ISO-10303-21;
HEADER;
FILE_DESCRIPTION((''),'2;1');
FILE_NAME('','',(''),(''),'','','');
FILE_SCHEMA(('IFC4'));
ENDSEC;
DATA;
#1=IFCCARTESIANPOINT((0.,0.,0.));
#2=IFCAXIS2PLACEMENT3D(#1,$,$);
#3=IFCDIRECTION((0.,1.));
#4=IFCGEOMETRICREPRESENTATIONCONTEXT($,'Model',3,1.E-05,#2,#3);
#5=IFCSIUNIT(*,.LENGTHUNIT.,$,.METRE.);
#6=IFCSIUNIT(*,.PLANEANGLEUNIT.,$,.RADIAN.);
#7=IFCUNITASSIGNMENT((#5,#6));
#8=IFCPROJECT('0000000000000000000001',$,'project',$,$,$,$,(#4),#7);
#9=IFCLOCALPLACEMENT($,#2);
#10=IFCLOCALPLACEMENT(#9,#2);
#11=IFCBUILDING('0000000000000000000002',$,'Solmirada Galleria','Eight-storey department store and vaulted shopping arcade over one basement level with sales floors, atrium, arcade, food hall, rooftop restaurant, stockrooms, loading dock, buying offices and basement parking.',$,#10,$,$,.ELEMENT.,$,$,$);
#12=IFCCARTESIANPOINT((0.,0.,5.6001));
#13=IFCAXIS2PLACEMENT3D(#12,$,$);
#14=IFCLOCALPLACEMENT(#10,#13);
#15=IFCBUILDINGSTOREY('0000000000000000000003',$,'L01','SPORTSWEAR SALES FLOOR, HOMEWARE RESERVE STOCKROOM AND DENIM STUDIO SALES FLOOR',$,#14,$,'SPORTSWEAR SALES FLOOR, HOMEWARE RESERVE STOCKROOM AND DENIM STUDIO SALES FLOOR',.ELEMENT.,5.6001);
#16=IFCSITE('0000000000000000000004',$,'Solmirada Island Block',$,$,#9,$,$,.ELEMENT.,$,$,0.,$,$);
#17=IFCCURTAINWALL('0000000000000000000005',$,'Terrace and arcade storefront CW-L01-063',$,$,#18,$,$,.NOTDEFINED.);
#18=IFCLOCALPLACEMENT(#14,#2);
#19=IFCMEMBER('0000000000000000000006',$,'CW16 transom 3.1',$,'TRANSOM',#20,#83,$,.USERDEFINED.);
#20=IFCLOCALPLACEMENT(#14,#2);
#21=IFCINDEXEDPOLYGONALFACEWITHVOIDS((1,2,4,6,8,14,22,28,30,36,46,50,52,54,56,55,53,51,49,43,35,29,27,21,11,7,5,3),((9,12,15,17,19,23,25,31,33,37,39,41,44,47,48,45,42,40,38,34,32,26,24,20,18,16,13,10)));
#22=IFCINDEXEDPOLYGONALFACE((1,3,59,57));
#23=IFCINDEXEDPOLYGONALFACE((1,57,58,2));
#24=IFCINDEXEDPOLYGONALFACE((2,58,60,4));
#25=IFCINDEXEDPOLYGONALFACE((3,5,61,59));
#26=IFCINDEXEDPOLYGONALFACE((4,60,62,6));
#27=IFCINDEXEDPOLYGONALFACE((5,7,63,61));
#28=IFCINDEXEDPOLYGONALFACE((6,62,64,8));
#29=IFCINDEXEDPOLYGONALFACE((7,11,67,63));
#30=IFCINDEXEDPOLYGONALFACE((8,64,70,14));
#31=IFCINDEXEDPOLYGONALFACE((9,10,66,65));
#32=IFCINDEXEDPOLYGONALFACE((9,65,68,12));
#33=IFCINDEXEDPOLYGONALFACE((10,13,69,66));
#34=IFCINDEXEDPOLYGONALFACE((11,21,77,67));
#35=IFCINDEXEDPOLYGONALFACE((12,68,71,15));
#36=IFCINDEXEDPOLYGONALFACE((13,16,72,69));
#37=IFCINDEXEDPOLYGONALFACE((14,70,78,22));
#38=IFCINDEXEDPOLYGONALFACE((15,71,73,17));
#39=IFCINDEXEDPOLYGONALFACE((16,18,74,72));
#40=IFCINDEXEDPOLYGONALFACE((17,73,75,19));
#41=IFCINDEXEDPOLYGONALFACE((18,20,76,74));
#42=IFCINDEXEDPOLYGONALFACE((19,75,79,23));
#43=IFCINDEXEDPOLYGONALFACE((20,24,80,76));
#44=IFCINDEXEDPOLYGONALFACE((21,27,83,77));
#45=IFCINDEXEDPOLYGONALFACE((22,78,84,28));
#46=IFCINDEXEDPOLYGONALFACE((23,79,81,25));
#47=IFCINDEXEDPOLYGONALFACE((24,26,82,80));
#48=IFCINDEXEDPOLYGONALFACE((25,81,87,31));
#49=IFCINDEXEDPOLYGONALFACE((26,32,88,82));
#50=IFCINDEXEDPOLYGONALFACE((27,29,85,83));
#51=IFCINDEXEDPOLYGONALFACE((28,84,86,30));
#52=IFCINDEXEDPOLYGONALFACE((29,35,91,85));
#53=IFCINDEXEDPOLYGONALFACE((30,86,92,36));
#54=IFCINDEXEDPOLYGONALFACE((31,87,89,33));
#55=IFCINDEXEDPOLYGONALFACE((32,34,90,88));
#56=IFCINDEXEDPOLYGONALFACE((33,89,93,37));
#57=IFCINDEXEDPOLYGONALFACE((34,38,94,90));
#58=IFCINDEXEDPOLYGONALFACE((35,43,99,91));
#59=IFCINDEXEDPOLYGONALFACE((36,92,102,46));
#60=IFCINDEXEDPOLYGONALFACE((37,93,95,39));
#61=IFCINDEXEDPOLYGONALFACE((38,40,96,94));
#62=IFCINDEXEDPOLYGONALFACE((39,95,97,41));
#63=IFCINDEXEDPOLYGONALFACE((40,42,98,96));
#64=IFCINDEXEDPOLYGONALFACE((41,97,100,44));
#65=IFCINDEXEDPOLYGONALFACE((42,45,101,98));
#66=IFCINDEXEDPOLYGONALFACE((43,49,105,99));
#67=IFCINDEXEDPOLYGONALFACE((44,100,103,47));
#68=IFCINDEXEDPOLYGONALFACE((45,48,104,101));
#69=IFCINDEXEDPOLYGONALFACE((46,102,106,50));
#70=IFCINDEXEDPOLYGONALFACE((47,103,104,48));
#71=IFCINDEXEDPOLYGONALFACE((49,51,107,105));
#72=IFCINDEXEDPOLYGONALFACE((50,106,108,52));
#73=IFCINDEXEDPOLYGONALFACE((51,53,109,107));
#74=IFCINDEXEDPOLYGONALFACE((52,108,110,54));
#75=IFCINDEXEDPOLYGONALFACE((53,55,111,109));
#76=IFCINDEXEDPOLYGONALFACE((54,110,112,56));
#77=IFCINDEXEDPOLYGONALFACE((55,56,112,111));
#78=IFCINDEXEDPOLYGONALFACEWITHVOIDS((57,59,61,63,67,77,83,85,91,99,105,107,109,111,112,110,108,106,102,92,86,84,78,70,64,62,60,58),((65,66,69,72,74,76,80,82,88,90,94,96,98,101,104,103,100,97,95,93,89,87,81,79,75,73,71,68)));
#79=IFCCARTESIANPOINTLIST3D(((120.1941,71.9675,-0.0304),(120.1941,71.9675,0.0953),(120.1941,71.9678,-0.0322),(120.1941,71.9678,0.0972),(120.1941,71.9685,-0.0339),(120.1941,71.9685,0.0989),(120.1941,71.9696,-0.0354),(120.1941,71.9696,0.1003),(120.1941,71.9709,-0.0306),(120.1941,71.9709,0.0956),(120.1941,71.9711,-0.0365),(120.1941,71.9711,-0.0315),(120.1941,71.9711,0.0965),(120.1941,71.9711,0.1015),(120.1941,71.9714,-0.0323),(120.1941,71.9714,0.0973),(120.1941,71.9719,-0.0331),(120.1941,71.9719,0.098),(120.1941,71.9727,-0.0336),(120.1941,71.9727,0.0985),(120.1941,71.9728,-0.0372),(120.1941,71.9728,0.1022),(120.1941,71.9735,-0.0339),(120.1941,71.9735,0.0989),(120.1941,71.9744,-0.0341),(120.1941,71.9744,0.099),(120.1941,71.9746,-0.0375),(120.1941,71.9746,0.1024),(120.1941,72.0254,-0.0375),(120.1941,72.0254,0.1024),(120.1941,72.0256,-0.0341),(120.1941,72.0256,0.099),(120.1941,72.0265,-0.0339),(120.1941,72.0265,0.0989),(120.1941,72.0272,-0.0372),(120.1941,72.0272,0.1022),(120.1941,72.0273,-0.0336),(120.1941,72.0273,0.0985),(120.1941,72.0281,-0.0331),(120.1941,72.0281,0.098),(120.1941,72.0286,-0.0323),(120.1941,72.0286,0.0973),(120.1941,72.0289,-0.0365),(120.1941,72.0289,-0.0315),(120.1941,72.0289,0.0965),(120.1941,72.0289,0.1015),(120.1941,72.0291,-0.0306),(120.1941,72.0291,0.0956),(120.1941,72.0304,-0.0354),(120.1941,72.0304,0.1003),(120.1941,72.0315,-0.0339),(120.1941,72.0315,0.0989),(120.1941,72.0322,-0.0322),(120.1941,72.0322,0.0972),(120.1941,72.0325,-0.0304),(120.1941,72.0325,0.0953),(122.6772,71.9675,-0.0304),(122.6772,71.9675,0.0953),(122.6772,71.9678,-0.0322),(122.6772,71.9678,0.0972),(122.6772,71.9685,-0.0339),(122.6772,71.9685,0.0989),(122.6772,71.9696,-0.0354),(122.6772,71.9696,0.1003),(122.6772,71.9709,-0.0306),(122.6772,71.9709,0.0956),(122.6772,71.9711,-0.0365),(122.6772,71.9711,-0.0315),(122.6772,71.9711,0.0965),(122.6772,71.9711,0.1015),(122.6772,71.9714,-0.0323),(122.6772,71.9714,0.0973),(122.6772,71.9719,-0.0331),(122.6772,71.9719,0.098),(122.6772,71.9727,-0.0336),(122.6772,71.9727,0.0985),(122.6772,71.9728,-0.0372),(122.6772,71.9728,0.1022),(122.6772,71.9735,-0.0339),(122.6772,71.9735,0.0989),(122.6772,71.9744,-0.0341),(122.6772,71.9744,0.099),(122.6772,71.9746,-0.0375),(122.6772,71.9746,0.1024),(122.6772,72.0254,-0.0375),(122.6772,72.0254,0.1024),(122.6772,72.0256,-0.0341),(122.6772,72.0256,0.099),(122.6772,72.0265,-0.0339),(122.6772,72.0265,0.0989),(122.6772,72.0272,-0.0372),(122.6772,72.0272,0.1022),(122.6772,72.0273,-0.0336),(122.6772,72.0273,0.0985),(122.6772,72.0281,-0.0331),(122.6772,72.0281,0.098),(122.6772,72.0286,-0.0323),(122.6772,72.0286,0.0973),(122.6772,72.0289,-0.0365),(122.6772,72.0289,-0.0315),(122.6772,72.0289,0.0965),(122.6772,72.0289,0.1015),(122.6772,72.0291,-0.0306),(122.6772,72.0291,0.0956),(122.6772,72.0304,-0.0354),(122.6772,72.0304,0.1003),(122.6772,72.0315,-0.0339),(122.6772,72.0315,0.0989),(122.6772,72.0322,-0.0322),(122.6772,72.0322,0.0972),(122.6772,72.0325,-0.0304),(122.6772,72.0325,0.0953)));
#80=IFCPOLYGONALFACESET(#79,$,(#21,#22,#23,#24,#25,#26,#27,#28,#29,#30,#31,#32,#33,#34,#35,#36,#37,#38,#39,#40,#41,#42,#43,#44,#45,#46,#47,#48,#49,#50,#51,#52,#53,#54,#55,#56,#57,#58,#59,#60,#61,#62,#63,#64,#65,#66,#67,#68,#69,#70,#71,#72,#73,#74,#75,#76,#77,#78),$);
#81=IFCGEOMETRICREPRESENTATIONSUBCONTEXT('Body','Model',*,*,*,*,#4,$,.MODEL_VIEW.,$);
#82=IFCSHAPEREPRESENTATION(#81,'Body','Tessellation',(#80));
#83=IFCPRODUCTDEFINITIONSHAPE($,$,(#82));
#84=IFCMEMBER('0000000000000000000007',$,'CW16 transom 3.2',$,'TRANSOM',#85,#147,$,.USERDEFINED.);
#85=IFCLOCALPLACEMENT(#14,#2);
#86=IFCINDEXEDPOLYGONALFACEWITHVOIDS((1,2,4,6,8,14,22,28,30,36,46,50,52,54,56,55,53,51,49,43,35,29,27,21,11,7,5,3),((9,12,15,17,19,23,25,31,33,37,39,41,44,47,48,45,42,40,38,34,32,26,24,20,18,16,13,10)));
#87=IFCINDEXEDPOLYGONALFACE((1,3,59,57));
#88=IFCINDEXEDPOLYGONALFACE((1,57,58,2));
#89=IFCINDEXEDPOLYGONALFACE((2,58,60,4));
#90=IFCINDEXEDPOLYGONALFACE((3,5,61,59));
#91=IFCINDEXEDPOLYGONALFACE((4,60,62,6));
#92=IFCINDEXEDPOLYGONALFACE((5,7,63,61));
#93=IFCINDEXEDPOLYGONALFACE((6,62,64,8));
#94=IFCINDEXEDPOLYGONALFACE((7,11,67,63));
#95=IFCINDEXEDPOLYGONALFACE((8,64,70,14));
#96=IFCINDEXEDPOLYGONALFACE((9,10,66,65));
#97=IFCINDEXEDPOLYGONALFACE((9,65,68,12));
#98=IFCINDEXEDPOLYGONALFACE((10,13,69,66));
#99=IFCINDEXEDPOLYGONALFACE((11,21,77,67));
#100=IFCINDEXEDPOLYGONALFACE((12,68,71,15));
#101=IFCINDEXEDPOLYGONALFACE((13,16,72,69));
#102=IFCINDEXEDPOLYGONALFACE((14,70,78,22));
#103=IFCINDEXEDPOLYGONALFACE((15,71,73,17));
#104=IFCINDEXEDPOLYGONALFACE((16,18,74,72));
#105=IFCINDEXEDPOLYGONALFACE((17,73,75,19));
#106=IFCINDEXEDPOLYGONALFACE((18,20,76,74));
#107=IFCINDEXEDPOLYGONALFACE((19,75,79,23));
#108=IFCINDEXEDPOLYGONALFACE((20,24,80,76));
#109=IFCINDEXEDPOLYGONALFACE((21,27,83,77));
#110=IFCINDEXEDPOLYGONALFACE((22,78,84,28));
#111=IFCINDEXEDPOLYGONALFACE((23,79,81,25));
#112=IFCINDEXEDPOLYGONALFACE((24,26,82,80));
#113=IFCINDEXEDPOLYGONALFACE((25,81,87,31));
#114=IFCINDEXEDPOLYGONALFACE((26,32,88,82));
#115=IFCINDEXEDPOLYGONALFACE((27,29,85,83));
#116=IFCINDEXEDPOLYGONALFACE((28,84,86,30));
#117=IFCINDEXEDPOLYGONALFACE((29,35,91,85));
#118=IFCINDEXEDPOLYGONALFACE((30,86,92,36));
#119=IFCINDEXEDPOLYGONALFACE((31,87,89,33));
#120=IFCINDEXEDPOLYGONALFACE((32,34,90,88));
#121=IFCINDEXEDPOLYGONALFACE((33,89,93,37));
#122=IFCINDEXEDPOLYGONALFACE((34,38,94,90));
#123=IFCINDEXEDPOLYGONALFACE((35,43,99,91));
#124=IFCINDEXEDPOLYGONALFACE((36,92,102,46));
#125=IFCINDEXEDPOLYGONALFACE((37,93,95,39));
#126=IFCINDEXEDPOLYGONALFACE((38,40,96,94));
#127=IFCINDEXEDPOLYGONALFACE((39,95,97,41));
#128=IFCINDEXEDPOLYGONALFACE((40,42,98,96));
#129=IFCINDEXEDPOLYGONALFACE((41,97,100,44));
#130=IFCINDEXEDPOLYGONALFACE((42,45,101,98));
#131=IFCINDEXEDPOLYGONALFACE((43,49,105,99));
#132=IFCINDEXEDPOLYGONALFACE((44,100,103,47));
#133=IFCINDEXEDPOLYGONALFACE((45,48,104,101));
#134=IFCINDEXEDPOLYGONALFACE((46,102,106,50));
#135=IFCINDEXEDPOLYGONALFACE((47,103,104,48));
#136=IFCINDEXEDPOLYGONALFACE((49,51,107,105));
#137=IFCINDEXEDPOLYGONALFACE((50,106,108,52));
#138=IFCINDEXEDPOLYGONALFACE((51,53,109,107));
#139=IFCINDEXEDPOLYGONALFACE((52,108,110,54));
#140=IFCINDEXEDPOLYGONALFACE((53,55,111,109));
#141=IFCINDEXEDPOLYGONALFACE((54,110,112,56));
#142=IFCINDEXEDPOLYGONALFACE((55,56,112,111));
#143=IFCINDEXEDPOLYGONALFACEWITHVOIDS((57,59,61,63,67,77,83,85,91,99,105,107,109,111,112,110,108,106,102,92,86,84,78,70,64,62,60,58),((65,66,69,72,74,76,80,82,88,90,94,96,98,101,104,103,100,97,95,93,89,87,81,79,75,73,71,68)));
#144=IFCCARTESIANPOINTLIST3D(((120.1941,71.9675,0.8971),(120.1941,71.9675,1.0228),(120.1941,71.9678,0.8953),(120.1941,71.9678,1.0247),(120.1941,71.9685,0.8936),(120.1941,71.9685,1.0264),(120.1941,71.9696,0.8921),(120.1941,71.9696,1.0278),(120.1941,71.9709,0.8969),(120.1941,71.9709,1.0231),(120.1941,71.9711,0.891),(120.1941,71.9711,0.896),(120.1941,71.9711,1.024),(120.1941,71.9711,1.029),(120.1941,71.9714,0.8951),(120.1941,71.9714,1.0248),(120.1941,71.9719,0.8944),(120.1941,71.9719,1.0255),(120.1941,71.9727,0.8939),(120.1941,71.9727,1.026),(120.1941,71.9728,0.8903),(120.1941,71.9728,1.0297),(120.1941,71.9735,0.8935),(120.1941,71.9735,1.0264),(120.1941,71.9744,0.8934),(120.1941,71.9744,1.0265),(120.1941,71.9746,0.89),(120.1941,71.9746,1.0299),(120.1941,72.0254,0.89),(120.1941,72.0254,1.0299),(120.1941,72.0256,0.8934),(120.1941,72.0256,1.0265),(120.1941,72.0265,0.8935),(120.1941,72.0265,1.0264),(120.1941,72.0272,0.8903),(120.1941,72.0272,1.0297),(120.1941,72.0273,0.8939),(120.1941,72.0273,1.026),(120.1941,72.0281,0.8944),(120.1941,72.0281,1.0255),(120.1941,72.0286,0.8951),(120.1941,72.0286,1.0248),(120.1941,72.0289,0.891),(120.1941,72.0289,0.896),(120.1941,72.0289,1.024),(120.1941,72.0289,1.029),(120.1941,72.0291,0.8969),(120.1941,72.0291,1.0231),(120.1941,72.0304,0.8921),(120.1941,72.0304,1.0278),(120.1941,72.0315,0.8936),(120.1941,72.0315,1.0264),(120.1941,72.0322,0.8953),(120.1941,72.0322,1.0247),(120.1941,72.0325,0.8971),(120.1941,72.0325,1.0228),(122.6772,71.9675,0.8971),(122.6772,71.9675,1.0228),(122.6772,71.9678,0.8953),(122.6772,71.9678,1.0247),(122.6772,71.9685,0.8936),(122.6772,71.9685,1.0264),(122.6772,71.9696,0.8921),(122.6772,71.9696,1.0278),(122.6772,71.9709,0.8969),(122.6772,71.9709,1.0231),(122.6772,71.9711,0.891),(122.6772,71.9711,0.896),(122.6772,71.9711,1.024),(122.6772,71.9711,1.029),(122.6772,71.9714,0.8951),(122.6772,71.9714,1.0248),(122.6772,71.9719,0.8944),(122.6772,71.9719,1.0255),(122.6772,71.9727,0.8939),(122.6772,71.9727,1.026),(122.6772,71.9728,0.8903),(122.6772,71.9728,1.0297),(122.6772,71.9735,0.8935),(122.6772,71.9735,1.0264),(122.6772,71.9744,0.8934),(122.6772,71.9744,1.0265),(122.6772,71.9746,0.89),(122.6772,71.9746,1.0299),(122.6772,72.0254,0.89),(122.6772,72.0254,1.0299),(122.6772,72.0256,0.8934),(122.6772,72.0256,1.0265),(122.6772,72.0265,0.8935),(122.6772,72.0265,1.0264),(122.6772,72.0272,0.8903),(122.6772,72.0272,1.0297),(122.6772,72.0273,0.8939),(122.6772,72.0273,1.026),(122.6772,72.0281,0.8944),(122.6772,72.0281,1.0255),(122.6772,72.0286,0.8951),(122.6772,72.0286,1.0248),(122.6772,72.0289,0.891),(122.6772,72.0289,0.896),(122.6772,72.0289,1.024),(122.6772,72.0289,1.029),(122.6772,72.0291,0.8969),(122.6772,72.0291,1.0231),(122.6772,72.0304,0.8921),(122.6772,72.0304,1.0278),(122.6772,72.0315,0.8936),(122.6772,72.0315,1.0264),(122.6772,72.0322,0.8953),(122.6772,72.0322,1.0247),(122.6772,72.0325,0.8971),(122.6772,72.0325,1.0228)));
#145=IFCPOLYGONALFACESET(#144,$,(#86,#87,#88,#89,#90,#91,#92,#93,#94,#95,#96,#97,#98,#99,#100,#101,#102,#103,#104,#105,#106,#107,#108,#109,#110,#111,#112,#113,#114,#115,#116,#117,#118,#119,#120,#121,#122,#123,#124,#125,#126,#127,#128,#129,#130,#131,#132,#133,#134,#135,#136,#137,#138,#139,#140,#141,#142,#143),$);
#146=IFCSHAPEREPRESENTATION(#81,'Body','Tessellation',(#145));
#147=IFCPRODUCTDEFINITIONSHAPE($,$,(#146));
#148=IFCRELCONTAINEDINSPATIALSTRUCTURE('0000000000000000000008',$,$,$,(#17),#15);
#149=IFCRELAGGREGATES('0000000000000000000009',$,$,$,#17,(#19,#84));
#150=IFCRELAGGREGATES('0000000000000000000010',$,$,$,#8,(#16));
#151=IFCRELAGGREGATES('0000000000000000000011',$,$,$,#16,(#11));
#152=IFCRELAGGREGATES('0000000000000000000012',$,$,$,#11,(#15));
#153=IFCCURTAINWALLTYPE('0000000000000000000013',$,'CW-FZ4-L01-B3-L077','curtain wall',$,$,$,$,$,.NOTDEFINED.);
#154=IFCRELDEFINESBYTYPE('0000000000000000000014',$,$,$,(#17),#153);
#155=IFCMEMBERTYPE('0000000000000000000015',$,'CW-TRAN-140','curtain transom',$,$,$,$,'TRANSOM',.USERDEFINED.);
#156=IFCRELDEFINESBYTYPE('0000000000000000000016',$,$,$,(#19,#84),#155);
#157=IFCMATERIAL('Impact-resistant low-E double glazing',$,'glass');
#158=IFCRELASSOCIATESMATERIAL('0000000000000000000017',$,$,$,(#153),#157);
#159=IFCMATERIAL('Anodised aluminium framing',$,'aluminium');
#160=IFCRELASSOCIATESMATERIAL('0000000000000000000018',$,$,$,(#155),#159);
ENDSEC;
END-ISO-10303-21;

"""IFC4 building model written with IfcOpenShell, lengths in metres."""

from ifc_helpers import new_model, si_unit, direction, frame, origin, origin_2d, place, context, subcontext, project, spatial, hollow_rectangle, extrude, material, material_profile, profile_set, type_object, element, aggregate, save


model = new_model("IFC4")

# Units and contexts
model_context = context("Model", 3, precision=1e-05, world=origin(), true_north=direction((0.0, 1.0)))
body_context = subcontext(model_context, "Body", "Model", "MODEL_VIEW")
ifc_project = project(units=[si_unit("LENGTHUNIT", "METRE"), si_unit("PLANEANGLEUNIT", "RADIAN")], contexts=[model_context])

# Site, building, storey
site_placement = place(None, origin())
site = spatial("IfcSite", under=ifc_project, at=site_placement, Name="Solmirada Island Block", CompositionType="ELEMENT", RefElevation=0.0)
building_placement = place(site_placement, origin())
building = spatial("IfcBuilding", under=site, at=building_placement, Name="Solmirada Galleria", Description="Eight-storey department store and vaulted shopping arcade over one basement level with sales floors, atrium, arcade, food hall, rooftop restaurant, stockrooms, loading dock, buying offices and basement parking.", CompositionType="ELEMENT")
storey_placement = place(building_placement, frame((0.0, 0.0, 5.6001)))
storey = spatial("IfcBuildingStorey", under=building, at=storey_placement, Name="L01", Description="SPORTSWEAR SALES FLOOR, HOMEWARE RESERVE STOCKROOM AND DENIM STUDIO SALES FLOOR", LongName="SPORTSWEAR SALES FLOOR, HOMEWARE RESERVE STOCKROOM AND DENIM STUDIO SALES FLOOR", CompositionType="ELEMENT", Elevation=5.6001)

# Curtain wall, members
ifc_material_1 = material(Name="Impact-resistant low-E double glazing", Category="glass")
ifc_material_2 = material(Name="Anodised aluminium framing", Category="aluminium")
curtain_wall_type_1 = type_object("IfcCurtainWallType", Name="CW-FZ4-L01-B3-L077", Description="curtain wall", PredefinedType="NOTDEFINED", material=ifc_material_1)
curtain_wall_1_placement = place(storey_placement, origin())
curtain_wall_1 = element("IfcCurtainWall", 1, at=curtain_wall_1_placement, inside=storey, type_object=curtain_wall_type_1, Name="Terrace and arcade storefront CW-L01-063", PredefinedType="NOTDEFINED")
ifc_material_profile_1 = material_profile(ifc_material_2, hollow_rectangle(XDim=0.0649, YDim=0.1399, WallThickness=0.0034, InnerFilletRadius=0.0034, OuterFilletRadius=0.0071, at=origin_2d()), Name="ALU-TRAN-140X65")
ifc_profile_set_1 = profile_set([ifc_material_profile_1], Name="Anodised aluminium framing")
member_type_1 = type_object("IfcMemberType", Name="CW-TRAN-140", Description="curtain transom", ElementType="TRANSOM", PredefinedType="USERDEFINED", material=ifc_profile_set_1)
member_1_placement = place(storey_placement, frame((122.6772, 72.0, 0.0325), z_axis=(-1.0, 0.0, 0.0), x_axis=(0.0, -1.0, 0.0)))
member_1 = element("IfcMember", 2, at=member_1_placement, type_object=member_type_1, Name="CW16 transom 3.1", ObjectType="TRANSOM", PredefinedType="USERDEFINED", context=body_context, shape_type="SweptSolid", body=[
    extrude(hollow_rectangle(XDim=0.0649, YDim=0.1399, WallThickness=0.0034, InnerFilletRadius=0.0034, OuterFilletRadius=0.0071, at=origin_2d()), origin(), (0.0, 0.0, 1.0), 2.4832),
])
member_2_placement = place(storey_placement, frame((122.6772, 72.0, 0.96), z_axis=(-1.0, 0.0, 0.0), x_axis=(0.0, -1.0, 0.0)))
member_2 = element("IfcMember", 3, at=member_2_placement, type_object=member_type_1, Name="CW16 transom 3.2", ObjectType="TRANSOM", PredefinedType="USERDEFINED", context=body_context, shape_type="SweptSolid", body=[
    extrude(hollow_rectangle(XDim=0.0649, YDim=0.1399, WallThickness=0.0034, InnerFilletRadius=0.0034, OuterFilletRadius=0.0071, at=origin_2d()), origin(), (0.0, 0.0, 1.0), 2.4832),
])

aggregate(curtain_wall_1, [member_1, member_2])

save(model, "model.ifc")
